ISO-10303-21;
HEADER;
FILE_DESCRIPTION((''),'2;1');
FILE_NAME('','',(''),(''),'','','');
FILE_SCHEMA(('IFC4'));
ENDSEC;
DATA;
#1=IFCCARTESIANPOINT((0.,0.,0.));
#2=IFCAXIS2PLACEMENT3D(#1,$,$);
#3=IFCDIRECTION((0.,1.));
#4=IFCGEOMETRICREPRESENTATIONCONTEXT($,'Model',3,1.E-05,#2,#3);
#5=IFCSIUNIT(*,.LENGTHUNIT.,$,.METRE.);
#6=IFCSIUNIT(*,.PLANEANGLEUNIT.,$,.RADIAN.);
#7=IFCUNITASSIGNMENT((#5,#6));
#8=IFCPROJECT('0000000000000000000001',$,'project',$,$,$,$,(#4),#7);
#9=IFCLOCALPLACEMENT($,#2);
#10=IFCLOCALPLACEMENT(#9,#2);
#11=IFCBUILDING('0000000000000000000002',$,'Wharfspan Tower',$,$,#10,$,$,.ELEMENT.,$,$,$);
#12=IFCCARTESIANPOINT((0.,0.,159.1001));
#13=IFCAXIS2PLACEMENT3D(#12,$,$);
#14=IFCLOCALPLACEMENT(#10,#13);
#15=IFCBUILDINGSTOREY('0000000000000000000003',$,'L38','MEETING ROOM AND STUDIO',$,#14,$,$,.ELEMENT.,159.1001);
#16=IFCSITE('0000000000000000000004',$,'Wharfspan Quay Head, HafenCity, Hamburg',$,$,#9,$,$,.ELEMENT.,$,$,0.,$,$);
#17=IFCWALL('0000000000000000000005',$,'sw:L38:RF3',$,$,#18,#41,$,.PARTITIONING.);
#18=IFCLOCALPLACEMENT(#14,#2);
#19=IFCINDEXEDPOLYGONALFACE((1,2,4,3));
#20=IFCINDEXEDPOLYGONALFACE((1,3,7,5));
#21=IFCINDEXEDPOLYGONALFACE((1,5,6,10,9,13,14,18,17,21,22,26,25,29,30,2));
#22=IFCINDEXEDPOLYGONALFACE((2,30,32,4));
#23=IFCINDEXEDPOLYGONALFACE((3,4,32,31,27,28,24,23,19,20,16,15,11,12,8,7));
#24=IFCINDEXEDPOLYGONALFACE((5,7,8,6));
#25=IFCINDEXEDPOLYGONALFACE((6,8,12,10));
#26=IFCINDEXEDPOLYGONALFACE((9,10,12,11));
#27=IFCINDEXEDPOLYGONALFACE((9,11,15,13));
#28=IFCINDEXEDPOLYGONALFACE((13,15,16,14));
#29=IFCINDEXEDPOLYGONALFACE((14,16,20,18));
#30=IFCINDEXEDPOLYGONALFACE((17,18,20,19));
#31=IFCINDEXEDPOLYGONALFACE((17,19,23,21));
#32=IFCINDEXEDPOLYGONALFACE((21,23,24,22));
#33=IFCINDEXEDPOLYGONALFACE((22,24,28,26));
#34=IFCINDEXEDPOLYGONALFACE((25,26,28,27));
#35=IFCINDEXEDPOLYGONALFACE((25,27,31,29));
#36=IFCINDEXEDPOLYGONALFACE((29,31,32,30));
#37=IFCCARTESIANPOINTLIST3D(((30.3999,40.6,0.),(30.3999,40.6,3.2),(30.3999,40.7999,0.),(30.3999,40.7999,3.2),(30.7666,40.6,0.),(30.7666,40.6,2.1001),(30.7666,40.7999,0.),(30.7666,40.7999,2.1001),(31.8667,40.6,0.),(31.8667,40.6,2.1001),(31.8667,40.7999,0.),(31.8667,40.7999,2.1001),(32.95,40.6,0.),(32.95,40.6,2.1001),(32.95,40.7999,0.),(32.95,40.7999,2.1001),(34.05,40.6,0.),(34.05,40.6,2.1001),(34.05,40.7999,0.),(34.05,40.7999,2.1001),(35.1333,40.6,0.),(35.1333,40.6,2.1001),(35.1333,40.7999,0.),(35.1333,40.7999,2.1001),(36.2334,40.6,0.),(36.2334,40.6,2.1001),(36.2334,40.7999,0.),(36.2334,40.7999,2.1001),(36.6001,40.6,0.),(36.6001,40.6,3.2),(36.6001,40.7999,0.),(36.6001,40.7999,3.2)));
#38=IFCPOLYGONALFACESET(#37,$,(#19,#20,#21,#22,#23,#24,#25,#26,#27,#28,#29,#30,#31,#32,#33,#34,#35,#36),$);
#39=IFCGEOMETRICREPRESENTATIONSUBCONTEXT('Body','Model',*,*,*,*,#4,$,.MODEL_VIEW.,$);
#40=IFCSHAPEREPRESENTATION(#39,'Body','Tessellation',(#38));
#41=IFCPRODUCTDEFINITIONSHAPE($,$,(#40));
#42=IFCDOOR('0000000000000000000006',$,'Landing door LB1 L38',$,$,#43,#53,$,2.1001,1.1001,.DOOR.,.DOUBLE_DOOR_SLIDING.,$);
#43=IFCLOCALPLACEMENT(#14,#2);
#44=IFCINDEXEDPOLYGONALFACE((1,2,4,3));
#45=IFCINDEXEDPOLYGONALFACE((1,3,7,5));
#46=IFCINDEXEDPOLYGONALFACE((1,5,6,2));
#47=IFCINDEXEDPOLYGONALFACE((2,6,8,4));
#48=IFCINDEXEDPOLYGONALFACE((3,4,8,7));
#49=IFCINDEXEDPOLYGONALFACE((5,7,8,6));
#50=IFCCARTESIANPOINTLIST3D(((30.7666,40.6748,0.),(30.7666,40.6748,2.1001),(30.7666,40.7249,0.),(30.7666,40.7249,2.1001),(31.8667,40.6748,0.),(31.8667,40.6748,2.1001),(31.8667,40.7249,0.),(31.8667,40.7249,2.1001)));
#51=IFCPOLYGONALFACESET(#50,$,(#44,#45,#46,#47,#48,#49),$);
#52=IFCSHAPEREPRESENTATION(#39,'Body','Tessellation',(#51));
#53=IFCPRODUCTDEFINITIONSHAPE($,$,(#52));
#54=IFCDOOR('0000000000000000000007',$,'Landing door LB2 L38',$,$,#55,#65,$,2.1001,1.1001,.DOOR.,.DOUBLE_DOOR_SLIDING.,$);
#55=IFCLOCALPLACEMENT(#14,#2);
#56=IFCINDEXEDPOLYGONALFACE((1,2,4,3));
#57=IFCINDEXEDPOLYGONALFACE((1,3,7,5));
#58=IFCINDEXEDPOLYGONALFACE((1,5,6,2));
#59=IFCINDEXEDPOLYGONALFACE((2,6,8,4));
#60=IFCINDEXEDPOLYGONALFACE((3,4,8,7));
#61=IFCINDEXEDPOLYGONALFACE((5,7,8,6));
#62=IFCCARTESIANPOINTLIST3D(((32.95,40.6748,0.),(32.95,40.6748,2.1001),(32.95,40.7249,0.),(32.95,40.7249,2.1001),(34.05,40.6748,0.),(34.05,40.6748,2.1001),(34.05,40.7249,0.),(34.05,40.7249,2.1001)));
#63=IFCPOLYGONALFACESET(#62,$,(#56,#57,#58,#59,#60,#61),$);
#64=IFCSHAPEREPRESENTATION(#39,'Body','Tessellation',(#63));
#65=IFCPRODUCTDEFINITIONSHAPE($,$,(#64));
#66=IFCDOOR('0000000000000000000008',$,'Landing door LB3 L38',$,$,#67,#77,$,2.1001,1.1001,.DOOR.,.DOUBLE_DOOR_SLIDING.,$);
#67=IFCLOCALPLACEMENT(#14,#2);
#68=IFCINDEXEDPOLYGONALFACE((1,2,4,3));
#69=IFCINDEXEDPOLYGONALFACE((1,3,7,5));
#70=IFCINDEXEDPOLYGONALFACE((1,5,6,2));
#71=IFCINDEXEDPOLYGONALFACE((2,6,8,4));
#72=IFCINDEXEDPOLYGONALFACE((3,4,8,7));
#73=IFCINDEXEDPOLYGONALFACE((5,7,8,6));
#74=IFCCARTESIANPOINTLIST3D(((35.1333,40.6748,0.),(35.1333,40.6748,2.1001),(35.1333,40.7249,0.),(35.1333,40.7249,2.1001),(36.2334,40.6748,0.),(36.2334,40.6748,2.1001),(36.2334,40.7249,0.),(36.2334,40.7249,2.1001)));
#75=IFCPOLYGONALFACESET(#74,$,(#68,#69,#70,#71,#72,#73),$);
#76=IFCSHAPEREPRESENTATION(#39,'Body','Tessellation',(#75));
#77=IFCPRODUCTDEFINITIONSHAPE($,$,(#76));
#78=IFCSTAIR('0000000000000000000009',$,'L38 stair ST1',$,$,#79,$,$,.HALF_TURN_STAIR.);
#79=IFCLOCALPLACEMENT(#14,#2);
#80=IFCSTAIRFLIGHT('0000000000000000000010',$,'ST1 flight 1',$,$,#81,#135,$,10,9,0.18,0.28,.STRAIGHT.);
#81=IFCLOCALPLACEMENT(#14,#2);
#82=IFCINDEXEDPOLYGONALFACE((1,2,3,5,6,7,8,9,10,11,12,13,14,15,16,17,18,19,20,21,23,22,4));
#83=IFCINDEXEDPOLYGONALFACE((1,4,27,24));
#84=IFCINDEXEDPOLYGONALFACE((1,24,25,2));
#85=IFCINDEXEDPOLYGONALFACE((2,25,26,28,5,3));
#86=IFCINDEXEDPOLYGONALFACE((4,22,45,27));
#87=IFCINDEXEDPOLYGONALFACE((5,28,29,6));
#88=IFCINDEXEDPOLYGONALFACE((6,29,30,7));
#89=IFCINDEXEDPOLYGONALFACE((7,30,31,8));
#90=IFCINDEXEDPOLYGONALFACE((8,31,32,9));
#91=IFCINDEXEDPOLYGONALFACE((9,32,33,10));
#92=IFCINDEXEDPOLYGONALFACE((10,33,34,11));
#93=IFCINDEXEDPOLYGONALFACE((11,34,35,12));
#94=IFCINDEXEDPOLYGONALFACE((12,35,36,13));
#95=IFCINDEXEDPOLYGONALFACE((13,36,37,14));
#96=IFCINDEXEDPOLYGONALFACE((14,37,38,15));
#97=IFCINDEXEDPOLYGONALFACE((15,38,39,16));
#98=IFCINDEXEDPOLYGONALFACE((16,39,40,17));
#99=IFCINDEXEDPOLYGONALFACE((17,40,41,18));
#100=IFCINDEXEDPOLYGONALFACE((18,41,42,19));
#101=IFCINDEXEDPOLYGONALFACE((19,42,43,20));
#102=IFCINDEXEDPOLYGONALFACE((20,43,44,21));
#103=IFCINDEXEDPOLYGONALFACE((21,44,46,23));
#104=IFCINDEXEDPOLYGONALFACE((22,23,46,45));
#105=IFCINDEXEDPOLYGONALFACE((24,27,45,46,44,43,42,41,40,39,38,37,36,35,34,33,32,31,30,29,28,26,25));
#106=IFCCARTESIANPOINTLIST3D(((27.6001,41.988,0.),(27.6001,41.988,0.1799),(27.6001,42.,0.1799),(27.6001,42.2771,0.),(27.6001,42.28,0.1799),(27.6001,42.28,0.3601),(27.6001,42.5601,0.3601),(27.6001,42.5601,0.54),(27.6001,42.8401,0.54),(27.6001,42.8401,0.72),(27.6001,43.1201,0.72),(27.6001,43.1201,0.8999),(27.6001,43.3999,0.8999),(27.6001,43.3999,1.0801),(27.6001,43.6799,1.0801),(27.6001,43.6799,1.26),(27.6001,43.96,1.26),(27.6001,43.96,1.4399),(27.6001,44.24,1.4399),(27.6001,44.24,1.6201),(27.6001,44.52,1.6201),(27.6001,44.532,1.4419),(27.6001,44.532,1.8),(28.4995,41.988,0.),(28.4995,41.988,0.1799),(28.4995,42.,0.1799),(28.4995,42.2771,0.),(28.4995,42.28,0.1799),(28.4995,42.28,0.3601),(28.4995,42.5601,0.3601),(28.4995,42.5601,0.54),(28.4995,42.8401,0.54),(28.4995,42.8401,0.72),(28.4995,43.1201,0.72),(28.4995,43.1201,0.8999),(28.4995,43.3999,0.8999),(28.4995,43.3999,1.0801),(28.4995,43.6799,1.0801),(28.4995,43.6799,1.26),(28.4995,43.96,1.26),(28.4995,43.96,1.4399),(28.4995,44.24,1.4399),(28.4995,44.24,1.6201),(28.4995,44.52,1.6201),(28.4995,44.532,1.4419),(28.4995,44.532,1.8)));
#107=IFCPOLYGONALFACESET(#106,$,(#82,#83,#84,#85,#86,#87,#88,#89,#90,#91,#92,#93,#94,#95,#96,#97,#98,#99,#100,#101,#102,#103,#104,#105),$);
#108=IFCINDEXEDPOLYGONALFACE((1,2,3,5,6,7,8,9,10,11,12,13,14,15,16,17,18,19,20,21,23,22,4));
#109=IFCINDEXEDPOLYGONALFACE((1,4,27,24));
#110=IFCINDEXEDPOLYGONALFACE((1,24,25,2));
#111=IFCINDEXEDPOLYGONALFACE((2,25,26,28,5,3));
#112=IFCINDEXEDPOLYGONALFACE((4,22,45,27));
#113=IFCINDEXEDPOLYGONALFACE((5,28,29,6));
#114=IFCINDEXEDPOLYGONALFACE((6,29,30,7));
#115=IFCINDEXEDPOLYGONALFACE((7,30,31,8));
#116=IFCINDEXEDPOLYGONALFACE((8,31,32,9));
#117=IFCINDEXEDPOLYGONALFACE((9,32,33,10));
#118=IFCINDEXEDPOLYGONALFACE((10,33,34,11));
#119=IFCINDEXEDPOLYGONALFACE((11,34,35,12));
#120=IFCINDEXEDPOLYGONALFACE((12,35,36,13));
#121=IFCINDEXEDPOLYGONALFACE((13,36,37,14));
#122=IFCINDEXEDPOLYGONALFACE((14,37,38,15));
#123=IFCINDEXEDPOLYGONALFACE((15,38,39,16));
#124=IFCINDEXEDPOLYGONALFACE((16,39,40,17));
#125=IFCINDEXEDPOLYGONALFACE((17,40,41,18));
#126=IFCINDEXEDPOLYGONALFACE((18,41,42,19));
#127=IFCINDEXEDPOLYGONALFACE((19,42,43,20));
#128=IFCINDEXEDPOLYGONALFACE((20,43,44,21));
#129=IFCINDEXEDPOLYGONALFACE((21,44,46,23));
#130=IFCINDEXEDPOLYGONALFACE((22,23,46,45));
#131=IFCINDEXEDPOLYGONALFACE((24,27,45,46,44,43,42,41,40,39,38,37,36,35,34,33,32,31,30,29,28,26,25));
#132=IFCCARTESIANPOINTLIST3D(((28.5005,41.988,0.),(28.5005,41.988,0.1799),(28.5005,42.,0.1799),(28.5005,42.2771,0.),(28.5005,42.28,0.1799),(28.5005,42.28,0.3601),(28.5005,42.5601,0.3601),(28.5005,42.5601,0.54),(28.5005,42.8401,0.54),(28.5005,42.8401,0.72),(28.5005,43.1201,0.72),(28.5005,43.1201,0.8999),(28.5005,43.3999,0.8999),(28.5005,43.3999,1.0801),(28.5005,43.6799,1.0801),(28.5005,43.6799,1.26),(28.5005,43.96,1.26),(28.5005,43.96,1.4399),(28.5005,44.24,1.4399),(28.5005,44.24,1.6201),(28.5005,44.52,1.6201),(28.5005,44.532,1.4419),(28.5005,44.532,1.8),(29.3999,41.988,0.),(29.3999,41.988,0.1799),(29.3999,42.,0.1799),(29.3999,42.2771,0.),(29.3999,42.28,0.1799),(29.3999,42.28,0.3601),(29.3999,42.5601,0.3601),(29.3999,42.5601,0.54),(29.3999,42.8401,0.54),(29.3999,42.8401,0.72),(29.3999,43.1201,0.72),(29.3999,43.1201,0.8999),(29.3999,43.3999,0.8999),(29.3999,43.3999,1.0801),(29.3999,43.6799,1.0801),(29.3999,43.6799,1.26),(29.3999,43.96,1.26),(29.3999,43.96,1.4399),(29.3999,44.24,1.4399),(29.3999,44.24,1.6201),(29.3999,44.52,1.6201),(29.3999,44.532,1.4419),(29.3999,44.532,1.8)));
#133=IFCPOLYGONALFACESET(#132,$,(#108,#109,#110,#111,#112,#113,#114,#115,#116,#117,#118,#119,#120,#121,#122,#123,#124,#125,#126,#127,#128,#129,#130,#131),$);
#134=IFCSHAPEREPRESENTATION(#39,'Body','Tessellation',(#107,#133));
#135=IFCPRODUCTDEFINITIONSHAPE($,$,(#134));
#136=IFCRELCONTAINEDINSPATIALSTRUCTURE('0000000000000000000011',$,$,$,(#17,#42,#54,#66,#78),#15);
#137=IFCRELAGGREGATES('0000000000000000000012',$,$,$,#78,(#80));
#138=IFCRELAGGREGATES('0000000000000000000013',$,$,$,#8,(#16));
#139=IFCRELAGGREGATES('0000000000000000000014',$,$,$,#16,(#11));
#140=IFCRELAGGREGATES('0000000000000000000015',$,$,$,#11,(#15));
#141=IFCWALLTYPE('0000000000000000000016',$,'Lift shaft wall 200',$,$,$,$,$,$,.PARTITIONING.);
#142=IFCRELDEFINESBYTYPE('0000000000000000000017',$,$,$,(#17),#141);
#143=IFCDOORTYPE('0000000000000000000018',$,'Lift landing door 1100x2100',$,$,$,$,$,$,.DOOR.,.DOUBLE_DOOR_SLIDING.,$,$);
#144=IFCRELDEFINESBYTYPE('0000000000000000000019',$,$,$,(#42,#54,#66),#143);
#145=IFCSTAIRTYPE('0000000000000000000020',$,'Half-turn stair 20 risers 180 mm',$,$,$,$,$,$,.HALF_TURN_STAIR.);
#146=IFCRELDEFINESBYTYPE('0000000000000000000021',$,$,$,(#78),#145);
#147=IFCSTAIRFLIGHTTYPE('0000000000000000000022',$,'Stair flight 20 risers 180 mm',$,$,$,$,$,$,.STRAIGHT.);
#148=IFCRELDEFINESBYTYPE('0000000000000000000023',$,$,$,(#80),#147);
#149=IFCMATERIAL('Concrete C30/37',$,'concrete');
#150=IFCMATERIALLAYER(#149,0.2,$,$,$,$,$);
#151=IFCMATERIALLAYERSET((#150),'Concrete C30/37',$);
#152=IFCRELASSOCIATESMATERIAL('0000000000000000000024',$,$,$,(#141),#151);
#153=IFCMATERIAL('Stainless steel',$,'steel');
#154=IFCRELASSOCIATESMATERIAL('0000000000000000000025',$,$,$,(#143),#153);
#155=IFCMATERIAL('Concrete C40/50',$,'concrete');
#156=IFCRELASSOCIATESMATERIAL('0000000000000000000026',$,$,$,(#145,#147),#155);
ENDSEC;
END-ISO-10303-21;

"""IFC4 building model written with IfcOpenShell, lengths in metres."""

from ifc_helpers import new_model, si_unit, direction, frame, frame_2d, origin, place, context, subcontext, project, spatial, polyline, rectangle, outline, extrude, material, layer, layer_set, type_object, element, fill, aggregate, save


model = new_model("IFC4")

# Units and contexts
model_context = context("Model", 3, precision=1e-05, world=origin(), true_north=direction((0.0, 1.0)))
body_context = subcontext(model_context, "Body", "Model", "MODEL_VIEW")
ifc_project = project(units=[si_unit("LENGTHUNIT", "METRE"), si_unit("PLANEANGLEUNIT", "RADIAN")], contexts=[model_context])

# Site, building, storey
site_placement = place(None, origin())
site = spatial("IfcSite", under=ifc_project, at=site_placement, Name="Wharfspan Quay Head, HafenCity, Hamburg", CompositionType="ELEMENT", RefElevation=0.0)
building_placement = place(site_placement, origin())
building = spatial("IfcBuilding", under=site, at=building_placement, Name="Wharfspan Tower", CompositionType="ELEMENT")
storey_placement = place(building_placement, frame((0.0, 0.0, 159.1001)))
storey = spatial("IfcBuildingStorey", under=building, at=storey_placement, Name="L38", Description="MEETING ROOM AND STUDIO", CompositionType="ELEMENT", Elevation=159.1001)

# Wall, openings, doors
ifc_material_1 = material(Name="Concrete C30/37", Category="concrete")
ifc_layer_1 = layer(ifc_material_1, 0.2)
ifc_layer_set_1 = layer_set([ifc_layer_1], Name="Concrete C30/37")
wall_type_1 = type_object("IfcWallType", Name="Lift shaft wall 200", PredefinedType="PARTITIONING", material=ifc_layer_set_1)
wall_1_placement = place(storey_placement, frame((30.3999, 40.7, 0.0), z_axis=(0.0, 0.0, 1.0), x_axis=(1.0, 0.0, 0.0)))
wall_1 = element("IfcWall", 1, at=wall_1_placement, inside=storey, type_object=wall_type_1, Name="sw:L38:RF3", PredefinedType="PARTITIONING", context=body_context, shape_type="SweptSolid", body=[
    extrude(rectangle(XDim=6.2002, YDim=0.2, at=frame_2d((3.1001, 0.0))), origin(), (0.0, 0.0, 1.0), 3.2),
])
opening_1_placement = place(wall_1_placement, frame((0.3667, 0.0, 0.0)))
opening_1 = element("IfcOpeningElement", 2, at=opening_1_placement, cuts=wall_1, PredefinedType="OPENING", context=body_context, shape_type="SweptSolid", body=[
    extrude(rectangle(XDim=1.1001, YDim=2.1001, at=frame_2d((0.55, 1.05))), frame((0.0, 0.1099, 0.0), z_axis=(0.0, -1.0, 0.0), x_axis=(1.0, 0.0, 0.0)), (0.0, 0.0, 1.0), 0.22),
])
opening_2_placement = place(wall_1_placement, frame((2.55, 0.0, 0.0)))
opening_2 = element("IfcOpeningElement", 3, at=opening_2_placement, cuts=wall_1, PredefinedType="OPENING", context=body_context, shape_type="SweptSolid", body=[
    extrude(rectangle(XDim=1.1001, YDim=2.1001, at=frame_2d((0.55, 1.05))), frame((0.0, 0.1099, 0.0), z_axis=(0.0, -1.0, 0.0), x_axis=(1.0, 0.0, 0.0)), (0.0, 0.0, 1.0), 0.22),
])
opening_3_placement = place(wall_1_placement, frame((4.7334, 0.0, 0.0)))
opening_3 = element("IfcOpeningElement", 4, at=opening_3_placement, cuts=wall_1, PredefinedType="OPENING", context=body_context, shape_type="SweptSolid", body=[
    extrude(rectangle(XDim=1.1001, YDim=2.1001, at=frame_2d((0.55, 1.05))), frame((0.0, 0.1099, 0.0), z_axis=(0.0, -1.0, 0.0), x_axis=(1.0, 0.0, 0.0)), (0.0, 0.0, 1.0), 0.22),
])
ifc_material_2 = material(Name="Stainless steel", Category="steel")
door_type_1 = type_object("IfcDoorType", Name="Lift landing door 1100x2100", OperationType="DOUBLE_DOOR_SLIDING", PredefinedType="DOOR", material=ifc_material_2)
door_1_placement = place(opening_1_placement, origin())
door_1 = element("IfcDoor", 5, at=door_1_placement, inside=storey, type_object=door_type_1, Name="Landing door LB1 L38", OperationType="DOUBLE_DOOR_SLIDING", OverallHeight=2.1001, OverallWidth=1.1001, PredefinedType="DOOR", context=body_context, shape_type="SweptSolid", body=[
    extrude(rectangle(XDim=1.1001, YDim=2.1001, at=frame_2d((0.55, 1.05))), frame((0.0, 0.0249, 0.0), z_axis=(0.0, -1.0, 0.0), x_axis=(1.0, 0.0, 0.0)), (0.0, 0.0, 1.0), 0.05),
])
fill(opening_1, door_1)
door_2_placement = place(opening_2_placement, origin())
door_2 = element("IfcDoor", 6, at=door_2_placement, inside=storey, type_object=door_type_1, Name="Landing door LB2 L38", OperationType="DOUBLE_DOOR_SLIDING", OverallHeight=2.1001, OverallWidth=1.1001, PredefinedType="DOOR", context=body_context, shape_type="SweptSolid", body=[
    extrude(rectangle(XDim=1.1001, YDim=2.1001, at=frame_2d((0.55, 1.05))), frame((0.0, 0.0249, 0.0), z_axis=(0.0, -1.0, 0.0), x_axis=(1.0, 0.0, 0.0)), (0.0, 0.0, 1.0), 0.05),
])
fill(opening_2, door_2)
door_3_placement = place(opening_3_placement, origin())
door_3 = element("IfcDoor", 7, at=door_3_placement, inside=storey, type_object=door_type_1, Name="Landing door LB3 L38", OperationType="DOUBLE_DOOR_SLIDING", OverallHeight=2.1001, OverallWidth=1.1001, PredefinedType="DOOR", context=body_context, shape_type="SweptSolid", body=[
    extrude(rectangle(XDim=1.1001, YDim=2.1001, at=frame_2d((0.55, 1.05))), frame((0.0, 0.0249, 0.0), z_axis=(0.0, -1.0, 0.0), x_axis=(1.0, 0.0, 0.0)), (0.0, 0.0, 1.0), 0.05),
])
fill(opening_3, door_3)

# Stair, stair flight
ifc_material_3 = material(Name="Concrete C40/50", Category="concrete")
stair_type = type_object("IfcStairType", Name="Half-turn stair 20 risers 180 mm", PredefinedType="HALF_TURN_STAIR", material=ifc_material_3)
stair_placement = place(storey_placement, origin())
stair = element("IfcStair", 8, at=stair_placement, inside=storey, type_object=stair_type, Name="L38 stair ST1", PredefinedType="HALF_TURN_STAIR")
stair_flight_type = type_object("IfcStairFlightType", Name="Stair flight 20 risers 180 mm", PredefinedType="STRAIGHT", material=ifc_material_3)
stair_flight_placement = place(storey_placement, frame((28.5, 42.0, 0.0), z_axis=(0.0, 0.0, 1.0), x_axis=(0.0, 1.0, 0.0)))
stair_flight = element("IfcStairFlight", 9, at=stair_flight_placement, type_object=stair_flight_type, Name="ST1 flight 1", NumberOfRisers=10, NumberOfTreads=9, PredefinedType="STRAIGHT", RiserHeight=0.18, TreadLength=0.28, context=body_context, shape_type="SweptSolid", body=[
    extrude(outline(polyline([(-0.012, 0.0), (-0.012, 0.1799), (0.0, 0.1799), (0.28, 0.1799), (0.28, 0.3601), (0.5601, 0.3601), (0.5601, 0.54), (0.8401, 0.54), (0.8401, 0.72), (1.1201, 0.72), (1.1201, 0.8999), (1.3999, 0.8999), (1.3999, 1.0801), (1.6799, 1.0801), (1.6799, 1.26), (1.96, 1.26), (1.96, 1.4399), (2.24, 1.4399), (2.24, 1.6201), (2.52, 1.6201), (2.532, 1.8), (2.532, 1.4419), (0.2771, 0.0), (-0.012, 0.0)])), frame((0.0, 0.8999, 0.0), z_axis=(0.0, -1.0, 0.0), x_axis=(1.0, 0.0, 0.0)), (0.0, 0.0, 1.0), 0.8994),
    extrude(outline(polyline([(-0.012, 0.0), (-0.012, 0.1799), (0.0, 0.1799), (0.28, 0.1799), (0.28, 0.3601), (0.5601, 0.3601), (0.5601, 0.54), (0.8401, 0.54), (0.8401, 0.72), (1.1201, 0.72), (1.1201, 0.8999), (1.3999, 0.8999), (1.3999, 1.0801), (1.6799, 1.0801), (1.6799, 1.26), (1.96, 1.26), (1.96, 1.4399), (2.24, 1.4399), (2.24, 1.6201), (2.52, 1.6201), (2.532, 1.8), (2.532, 1.4419), (0.2771, 0.0), (-0.012, 0.0)])), frame((0.0, -0.0005, 0.0), z_axis=(0.0, -1.0, 0.0), x_axis=(1.0, 0.0, 0.0)), (0.0, 0.0, 1.0), 0.8994),
])
aggregate(stair, [stair_flight])

save(model, "model.ifc")
